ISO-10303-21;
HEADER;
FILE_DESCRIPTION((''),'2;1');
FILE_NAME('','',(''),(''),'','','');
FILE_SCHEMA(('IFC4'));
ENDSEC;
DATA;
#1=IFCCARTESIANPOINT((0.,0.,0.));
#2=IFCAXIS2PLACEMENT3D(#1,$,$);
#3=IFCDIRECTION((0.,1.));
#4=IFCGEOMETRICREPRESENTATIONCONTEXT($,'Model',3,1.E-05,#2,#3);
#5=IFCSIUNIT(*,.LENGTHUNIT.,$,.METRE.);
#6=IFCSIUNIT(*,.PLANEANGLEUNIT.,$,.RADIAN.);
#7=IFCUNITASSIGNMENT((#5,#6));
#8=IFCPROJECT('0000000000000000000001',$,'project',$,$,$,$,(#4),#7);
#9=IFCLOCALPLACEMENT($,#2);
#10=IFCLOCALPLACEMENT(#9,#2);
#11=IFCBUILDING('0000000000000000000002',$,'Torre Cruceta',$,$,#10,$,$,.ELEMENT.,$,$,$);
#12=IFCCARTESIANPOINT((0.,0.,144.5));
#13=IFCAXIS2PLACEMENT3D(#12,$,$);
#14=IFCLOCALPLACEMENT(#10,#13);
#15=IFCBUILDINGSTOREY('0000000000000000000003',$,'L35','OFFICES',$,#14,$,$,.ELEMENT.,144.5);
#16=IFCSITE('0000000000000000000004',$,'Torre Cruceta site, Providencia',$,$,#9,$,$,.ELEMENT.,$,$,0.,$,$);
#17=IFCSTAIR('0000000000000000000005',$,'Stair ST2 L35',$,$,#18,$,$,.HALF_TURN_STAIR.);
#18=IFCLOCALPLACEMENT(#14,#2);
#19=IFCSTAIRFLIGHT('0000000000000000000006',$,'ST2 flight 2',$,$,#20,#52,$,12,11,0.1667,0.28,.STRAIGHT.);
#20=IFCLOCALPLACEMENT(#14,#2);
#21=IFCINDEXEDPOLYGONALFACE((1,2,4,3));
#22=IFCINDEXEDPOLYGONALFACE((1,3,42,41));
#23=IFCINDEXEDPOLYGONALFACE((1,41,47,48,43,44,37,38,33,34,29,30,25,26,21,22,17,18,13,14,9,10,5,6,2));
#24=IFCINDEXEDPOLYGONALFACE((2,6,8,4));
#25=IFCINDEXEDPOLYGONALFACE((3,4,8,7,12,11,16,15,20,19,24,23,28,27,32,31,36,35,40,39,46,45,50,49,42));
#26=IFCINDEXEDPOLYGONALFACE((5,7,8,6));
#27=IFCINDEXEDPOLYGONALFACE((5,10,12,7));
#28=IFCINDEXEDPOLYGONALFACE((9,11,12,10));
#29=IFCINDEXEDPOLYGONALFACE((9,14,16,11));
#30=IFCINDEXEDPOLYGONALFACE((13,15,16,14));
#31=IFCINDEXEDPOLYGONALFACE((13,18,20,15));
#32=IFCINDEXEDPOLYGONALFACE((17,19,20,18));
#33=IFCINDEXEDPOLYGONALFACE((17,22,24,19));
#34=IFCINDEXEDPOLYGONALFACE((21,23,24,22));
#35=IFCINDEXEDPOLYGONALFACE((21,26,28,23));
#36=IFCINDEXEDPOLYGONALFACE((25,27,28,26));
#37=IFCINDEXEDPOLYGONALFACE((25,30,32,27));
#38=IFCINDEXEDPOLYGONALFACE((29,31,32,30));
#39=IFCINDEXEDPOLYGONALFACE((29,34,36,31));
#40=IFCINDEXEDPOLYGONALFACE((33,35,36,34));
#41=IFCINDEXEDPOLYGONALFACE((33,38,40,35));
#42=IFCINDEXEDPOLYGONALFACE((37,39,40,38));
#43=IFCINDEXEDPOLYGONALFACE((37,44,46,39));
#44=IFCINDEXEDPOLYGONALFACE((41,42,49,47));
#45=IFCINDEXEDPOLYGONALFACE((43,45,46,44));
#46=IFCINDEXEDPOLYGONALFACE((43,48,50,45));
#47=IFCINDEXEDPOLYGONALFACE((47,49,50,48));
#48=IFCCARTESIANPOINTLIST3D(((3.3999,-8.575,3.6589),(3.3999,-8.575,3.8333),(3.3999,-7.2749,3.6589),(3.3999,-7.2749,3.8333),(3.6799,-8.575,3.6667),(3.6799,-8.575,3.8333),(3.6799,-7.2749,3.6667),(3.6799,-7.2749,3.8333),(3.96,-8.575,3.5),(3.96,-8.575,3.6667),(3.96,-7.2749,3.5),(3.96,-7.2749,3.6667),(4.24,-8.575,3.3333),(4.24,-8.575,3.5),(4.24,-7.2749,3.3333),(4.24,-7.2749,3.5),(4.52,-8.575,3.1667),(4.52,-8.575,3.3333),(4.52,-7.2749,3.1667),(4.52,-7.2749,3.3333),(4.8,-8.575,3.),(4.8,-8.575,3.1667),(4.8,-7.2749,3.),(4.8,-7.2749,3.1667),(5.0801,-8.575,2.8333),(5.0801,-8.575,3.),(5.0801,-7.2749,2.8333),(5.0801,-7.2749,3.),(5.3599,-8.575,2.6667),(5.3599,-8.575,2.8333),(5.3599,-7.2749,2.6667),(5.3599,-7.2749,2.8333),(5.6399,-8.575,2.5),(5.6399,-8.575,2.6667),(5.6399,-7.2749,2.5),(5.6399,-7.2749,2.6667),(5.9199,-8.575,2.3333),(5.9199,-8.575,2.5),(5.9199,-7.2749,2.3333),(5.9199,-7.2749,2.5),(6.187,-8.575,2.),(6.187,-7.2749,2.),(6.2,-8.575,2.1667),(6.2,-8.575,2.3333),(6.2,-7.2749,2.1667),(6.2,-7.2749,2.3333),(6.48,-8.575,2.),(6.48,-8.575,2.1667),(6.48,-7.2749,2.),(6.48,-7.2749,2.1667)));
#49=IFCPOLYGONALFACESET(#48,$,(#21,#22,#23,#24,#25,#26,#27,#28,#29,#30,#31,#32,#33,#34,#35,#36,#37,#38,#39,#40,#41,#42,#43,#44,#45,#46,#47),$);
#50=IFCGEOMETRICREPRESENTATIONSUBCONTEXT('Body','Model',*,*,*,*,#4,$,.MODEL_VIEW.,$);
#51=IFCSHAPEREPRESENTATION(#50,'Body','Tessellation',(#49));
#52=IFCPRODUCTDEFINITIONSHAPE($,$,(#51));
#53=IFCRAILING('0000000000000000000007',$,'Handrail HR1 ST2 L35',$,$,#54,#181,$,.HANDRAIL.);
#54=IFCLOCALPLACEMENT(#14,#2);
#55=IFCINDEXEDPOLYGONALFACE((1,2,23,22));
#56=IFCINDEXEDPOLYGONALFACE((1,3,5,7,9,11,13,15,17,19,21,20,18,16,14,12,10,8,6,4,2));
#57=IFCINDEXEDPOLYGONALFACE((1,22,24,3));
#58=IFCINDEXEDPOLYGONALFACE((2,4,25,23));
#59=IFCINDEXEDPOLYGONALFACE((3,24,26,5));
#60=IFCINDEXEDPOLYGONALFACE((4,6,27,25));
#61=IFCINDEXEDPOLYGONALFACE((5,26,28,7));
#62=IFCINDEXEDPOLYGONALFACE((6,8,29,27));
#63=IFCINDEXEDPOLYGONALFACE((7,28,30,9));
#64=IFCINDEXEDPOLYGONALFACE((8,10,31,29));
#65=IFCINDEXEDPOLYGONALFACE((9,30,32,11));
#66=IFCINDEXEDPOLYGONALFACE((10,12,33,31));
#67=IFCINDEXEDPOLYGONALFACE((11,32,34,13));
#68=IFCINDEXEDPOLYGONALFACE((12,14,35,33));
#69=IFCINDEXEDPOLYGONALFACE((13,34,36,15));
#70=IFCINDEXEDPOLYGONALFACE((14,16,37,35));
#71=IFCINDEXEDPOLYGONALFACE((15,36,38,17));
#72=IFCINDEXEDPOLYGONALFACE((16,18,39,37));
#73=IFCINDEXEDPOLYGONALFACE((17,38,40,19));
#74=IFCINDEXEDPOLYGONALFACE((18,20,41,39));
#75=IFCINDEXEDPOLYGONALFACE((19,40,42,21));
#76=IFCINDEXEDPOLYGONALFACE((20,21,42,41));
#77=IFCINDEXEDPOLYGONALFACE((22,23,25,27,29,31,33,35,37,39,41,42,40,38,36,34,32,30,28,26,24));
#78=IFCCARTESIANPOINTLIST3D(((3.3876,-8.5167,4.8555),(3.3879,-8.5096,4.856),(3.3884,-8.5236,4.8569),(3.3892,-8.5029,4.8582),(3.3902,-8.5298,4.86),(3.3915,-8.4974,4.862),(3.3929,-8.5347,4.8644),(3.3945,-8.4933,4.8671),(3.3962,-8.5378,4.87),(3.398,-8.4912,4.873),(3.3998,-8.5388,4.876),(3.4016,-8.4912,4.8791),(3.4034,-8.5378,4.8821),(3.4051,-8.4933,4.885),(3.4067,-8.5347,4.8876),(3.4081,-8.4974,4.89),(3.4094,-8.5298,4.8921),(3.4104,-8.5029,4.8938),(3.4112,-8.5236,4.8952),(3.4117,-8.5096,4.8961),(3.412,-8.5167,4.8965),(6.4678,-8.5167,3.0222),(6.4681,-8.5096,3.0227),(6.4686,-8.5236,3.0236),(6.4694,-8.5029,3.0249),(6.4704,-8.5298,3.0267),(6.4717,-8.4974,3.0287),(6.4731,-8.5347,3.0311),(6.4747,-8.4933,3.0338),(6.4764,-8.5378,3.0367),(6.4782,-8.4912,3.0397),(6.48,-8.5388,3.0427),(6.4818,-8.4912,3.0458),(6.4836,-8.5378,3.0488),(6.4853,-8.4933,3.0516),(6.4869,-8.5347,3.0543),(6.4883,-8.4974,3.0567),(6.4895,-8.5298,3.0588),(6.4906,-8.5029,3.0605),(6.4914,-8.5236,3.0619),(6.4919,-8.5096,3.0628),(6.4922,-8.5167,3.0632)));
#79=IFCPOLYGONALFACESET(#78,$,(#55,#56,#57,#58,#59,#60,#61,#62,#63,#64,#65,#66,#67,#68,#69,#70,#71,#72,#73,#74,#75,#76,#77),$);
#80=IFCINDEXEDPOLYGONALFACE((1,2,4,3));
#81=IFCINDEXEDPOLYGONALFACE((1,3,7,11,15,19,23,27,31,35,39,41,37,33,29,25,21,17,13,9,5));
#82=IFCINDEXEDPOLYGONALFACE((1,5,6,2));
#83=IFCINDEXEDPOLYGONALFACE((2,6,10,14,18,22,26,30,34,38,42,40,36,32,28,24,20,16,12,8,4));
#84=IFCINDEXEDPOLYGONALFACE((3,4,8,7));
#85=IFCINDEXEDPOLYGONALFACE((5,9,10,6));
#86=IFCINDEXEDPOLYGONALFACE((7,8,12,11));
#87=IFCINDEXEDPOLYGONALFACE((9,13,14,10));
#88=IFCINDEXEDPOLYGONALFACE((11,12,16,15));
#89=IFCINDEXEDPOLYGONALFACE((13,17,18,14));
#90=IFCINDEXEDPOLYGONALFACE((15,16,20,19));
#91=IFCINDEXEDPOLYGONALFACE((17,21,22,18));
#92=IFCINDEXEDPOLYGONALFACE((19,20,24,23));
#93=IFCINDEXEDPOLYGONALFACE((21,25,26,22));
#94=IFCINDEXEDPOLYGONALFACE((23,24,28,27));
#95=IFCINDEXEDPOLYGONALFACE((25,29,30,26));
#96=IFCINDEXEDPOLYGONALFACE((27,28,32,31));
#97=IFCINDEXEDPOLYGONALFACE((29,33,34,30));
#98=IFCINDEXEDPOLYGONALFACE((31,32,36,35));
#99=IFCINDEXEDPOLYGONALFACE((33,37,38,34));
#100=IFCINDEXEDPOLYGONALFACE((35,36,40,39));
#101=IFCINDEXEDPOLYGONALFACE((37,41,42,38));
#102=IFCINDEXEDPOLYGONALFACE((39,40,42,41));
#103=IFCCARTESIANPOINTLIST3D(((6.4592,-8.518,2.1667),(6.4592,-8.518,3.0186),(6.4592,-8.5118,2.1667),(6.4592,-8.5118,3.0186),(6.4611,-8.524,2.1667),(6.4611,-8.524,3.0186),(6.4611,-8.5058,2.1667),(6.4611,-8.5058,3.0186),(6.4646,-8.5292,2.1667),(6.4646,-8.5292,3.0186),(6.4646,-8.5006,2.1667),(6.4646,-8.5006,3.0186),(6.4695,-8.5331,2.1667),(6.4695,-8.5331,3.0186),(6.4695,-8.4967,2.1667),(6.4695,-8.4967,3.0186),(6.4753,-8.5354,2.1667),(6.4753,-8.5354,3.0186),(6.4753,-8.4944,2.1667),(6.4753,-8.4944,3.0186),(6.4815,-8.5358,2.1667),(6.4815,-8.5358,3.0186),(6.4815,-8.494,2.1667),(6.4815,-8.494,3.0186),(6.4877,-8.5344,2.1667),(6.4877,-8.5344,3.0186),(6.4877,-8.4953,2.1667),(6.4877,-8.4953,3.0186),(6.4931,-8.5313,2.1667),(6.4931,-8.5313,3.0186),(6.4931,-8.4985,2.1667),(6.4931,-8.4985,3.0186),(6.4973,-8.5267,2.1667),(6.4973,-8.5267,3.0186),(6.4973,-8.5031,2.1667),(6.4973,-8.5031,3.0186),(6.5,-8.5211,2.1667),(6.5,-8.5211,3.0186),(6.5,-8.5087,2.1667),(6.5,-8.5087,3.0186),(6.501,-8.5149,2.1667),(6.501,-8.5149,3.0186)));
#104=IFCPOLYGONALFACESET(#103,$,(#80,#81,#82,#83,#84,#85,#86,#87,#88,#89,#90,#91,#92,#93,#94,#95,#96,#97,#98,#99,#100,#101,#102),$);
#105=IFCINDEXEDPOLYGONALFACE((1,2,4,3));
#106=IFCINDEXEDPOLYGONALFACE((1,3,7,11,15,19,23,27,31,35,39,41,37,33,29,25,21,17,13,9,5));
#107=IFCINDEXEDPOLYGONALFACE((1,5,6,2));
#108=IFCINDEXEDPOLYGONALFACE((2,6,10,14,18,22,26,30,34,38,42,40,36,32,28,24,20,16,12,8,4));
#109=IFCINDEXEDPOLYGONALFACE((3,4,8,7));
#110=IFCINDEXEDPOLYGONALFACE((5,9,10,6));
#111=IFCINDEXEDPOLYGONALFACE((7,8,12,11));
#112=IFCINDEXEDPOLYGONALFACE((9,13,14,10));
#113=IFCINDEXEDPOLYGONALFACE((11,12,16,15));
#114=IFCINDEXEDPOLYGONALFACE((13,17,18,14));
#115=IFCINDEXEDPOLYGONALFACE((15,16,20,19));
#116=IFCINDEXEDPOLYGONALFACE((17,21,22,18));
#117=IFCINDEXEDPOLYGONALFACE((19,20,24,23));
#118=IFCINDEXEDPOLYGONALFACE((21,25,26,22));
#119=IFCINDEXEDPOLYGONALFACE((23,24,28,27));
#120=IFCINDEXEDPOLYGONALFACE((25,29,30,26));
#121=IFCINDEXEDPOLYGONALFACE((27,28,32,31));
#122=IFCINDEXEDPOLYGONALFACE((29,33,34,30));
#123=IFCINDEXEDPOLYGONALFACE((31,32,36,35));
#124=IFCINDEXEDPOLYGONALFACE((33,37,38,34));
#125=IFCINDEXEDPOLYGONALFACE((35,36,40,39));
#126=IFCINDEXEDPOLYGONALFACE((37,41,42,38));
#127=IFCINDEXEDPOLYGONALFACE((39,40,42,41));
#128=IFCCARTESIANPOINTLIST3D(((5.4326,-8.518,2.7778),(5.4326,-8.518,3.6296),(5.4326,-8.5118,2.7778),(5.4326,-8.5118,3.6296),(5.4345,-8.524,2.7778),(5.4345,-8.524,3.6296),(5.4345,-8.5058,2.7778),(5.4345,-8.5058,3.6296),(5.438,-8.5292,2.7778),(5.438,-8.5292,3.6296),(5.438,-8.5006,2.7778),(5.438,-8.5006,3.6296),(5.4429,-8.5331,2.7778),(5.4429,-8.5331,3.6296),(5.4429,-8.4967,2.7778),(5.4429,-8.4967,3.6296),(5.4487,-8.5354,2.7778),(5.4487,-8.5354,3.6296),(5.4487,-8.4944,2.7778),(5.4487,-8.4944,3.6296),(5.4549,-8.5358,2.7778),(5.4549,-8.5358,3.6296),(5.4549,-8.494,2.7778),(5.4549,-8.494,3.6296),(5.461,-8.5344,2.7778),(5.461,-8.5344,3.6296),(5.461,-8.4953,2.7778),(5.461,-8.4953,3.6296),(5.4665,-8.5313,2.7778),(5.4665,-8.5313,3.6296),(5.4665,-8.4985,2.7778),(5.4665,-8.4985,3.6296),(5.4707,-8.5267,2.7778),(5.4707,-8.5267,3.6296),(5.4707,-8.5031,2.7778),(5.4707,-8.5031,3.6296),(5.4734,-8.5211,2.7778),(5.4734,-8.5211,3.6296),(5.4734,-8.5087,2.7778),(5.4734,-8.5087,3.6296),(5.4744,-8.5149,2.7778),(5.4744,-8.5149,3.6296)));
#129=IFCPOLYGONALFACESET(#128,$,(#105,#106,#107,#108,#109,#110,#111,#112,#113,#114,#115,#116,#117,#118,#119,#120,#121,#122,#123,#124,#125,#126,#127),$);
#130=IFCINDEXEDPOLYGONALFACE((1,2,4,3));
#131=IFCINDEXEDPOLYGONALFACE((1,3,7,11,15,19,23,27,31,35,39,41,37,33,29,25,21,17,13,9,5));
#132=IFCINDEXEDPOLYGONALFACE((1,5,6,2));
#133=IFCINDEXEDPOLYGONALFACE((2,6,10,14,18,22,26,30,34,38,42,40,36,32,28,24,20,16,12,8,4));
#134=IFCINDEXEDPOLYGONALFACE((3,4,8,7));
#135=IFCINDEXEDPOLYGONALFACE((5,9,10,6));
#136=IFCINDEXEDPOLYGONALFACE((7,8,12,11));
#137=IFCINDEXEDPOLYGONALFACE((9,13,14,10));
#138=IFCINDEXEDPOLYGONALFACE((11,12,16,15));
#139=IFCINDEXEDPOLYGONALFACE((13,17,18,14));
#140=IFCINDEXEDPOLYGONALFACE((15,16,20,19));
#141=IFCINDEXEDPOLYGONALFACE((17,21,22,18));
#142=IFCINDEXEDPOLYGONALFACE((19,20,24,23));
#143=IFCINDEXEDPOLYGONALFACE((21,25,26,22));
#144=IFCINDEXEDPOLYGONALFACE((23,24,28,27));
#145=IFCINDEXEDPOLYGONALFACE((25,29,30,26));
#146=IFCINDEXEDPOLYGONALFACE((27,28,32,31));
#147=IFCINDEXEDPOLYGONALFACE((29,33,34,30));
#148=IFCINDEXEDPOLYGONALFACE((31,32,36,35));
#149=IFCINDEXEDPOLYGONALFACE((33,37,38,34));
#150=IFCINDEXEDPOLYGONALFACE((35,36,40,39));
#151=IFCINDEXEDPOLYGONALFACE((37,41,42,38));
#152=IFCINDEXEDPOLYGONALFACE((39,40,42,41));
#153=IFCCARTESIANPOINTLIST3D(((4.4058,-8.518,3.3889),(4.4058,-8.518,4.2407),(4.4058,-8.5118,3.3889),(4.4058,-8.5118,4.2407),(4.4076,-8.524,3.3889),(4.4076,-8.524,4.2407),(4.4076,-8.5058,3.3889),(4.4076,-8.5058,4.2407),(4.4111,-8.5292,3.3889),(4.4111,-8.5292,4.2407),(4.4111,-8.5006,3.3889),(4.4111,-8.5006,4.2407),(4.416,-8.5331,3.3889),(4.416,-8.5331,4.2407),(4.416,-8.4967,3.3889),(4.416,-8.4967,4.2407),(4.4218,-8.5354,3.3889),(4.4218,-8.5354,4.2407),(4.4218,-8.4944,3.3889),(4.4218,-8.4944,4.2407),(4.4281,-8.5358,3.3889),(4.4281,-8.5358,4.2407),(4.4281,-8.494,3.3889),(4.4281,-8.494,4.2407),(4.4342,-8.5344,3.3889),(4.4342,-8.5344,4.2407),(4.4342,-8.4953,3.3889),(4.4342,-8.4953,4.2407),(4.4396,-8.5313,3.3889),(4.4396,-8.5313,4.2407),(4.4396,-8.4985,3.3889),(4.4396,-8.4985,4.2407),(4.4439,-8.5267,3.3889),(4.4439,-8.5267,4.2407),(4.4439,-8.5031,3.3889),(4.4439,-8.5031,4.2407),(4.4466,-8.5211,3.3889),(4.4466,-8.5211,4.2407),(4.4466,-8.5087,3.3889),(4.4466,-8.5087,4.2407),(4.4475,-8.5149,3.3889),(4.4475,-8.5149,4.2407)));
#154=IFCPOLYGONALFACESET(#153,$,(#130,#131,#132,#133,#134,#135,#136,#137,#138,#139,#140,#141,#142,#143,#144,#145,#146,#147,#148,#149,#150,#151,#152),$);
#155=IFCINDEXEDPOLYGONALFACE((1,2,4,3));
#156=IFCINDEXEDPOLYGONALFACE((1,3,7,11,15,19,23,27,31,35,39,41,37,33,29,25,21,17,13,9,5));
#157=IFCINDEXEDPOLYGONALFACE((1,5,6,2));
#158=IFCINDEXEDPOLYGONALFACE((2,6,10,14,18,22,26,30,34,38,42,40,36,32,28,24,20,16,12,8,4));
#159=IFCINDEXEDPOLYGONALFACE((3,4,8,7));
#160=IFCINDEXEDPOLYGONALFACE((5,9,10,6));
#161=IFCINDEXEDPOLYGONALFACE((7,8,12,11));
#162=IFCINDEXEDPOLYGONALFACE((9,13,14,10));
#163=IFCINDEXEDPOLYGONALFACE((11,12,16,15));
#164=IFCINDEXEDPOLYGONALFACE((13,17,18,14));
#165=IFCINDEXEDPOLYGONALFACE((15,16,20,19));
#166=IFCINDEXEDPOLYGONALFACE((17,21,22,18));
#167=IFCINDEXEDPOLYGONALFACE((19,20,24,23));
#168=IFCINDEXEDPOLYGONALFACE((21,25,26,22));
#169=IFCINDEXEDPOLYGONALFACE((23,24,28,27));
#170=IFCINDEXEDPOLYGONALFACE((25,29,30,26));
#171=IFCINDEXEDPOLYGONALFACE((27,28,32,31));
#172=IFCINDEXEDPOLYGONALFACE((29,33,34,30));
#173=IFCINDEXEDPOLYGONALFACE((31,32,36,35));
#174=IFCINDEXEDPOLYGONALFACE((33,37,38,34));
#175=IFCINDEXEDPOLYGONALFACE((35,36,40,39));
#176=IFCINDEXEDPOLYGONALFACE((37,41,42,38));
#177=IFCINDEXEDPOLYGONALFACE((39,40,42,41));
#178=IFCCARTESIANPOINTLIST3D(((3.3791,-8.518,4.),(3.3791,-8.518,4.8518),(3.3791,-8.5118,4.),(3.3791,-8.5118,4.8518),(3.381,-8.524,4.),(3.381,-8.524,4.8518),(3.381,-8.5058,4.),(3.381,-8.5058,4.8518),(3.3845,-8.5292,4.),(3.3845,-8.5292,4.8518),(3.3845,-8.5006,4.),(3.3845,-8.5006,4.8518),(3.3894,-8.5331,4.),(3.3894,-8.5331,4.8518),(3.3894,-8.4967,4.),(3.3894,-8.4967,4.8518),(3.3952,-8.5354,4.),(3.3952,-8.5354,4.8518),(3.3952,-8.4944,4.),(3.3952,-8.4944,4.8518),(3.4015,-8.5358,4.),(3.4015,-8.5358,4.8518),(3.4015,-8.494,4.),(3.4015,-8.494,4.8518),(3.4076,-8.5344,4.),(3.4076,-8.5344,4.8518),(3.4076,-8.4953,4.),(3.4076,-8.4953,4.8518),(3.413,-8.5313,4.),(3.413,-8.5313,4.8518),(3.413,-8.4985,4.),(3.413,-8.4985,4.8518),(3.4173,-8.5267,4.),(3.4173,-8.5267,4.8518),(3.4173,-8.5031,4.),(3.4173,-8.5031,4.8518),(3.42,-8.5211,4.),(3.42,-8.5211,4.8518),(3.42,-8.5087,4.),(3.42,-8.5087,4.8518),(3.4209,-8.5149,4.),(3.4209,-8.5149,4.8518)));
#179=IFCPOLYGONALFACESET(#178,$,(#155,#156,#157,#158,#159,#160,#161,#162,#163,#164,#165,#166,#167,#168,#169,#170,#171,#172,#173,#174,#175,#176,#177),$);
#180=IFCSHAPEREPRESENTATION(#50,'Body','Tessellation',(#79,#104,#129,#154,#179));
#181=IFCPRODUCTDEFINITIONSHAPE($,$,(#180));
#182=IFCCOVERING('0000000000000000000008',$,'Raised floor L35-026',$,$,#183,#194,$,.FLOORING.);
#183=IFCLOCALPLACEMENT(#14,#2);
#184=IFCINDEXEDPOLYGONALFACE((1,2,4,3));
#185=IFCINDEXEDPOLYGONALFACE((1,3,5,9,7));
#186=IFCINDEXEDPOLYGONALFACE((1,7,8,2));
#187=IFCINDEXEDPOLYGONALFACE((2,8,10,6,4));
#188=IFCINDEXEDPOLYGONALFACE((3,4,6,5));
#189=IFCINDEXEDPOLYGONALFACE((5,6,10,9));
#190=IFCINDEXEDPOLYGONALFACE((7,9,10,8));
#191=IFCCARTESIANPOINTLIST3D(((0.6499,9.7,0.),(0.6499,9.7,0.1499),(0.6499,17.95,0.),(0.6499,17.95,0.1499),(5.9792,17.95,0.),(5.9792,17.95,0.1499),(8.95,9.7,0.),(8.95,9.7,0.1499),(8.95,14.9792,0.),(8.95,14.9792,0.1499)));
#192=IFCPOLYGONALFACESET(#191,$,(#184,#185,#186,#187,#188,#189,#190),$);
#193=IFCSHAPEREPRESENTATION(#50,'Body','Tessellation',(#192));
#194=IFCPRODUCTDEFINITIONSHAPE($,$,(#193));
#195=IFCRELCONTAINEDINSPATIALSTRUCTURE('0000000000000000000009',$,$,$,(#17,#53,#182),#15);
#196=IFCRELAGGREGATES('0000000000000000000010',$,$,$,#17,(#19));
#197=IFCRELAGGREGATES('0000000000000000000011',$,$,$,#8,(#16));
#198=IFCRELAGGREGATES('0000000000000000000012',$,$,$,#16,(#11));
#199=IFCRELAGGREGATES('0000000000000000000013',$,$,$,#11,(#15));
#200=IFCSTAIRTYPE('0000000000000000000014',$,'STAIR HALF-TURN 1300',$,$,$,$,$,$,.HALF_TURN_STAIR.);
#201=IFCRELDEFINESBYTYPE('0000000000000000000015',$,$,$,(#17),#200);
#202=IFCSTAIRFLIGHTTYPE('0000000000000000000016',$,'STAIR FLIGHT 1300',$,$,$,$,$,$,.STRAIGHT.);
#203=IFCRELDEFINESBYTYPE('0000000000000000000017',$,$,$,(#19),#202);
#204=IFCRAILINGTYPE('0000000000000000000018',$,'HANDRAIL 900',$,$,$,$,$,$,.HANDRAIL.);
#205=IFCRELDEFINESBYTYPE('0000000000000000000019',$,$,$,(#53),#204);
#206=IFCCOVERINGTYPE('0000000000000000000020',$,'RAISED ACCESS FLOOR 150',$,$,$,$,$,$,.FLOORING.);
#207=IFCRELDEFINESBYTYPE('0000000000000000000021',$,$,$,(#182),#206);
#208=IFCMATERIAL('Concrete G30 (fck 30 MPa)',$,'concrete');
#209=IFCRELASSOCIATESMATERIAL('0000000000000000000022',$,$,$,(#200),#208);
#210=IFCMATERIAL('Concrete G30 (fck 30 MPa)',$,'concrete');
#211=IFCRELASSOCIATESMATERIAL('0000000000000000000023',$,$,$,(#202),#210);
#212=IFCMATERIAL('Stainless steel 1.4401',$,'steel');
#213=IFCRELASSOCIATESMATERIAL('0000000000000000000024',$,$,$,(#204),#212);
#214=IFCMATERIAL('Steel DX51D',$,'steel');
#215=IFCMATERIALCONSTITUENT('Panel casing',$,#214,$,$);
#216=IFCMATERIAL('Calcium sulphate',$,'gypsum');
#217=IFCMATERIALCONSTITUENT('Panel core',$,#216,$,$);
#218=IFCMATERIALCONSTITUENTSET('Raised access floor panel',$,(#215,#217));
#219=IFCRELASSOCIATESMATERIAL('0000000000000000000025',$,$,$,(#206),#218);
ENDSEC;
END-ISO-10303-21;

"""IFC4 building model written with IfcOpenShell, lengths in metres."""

from ifc_helpers import new_model, si_unit, direction, frame, origin, origin_2d, place, context, subcontext, project, spatial, polyline, circle, outline, extrude, material, constituent, constituent_set, type_object, element, aggregate, save


model = new_model("IFC4")

# Units and contexts
model_context = context("Model", 3, precision=1e-05, world=origin(), true_north=direction((0.0, 1.0)))
body_context = subcontext(model_context, "Body", "Model", "MODEL_VIEW")
ifc_project = project(units=[si_unit("LENGTHUNIT", "METRE"), si_unit("PLANEANGLEUNIT", "RADIAN")], contexts=[model_context])

# Site, building, storey
site_placement = place(None, origin())
site = spatial("IfcSite", under=ifc_project, at=site_placement, Name="Torre Cruceta site, Providencia", CompositionType="ELEMENT", RefElevation=0.0)
building_placement = place(site_placement, origin())
building = spatial("IfcBuilding", under=site, at=building_placement, Name="Torre Cruceta", CompositionType="ELEMENT")
storey_placement = place(building_placement, frame((0.0, 0.0, 144.5)))
storey = spatial("IfcBuildingStorey", under=building, at=storey_placement, Name="L35", Description="OFFICES", CompositionType="ELEMENT", Elevation=144.5)

# Stair, stair flight
ifc_material_1 = material(Name="Concrete G30 (fck 30 MPa)", Category="concrete")
stair_type = type_object("IfcStairType", Name="STAIR HALF-TURN 1300", PredefinedType="HALF_TURN_STAIR", material=ifc_material_1)
stair_placement = place(storey_placement, origin())
stair = element("IfcStair", 1, at=stair_placement, inside=storey, type_object=stair_type, Name="Stair ST2 L35", PredefinedType="HALF_TURN_STAIR")
ifc_material_2 = material(Name="Concrete G30 (fck 30 MPa)", Category="concrete")
stair_flight_type = type_object("IfcStairFlightType", Name="STAIR FLIGHT 1300", PredefinedType="STRAIGHT", material=ifc_material_2)
stair_flight_1_placement = place(storey_placement, frame((6.48, -7.925, 2.0), z_axis=(0.0, 0.0, 1.0), x_axis=(-1.0, 0.0, 0.0)))
stair_flight_1 = element("IfcStairFlight", 2, at=stair_flight_1_placement, type_object=stair_flight_type, Name="ST2 flight 2", NumberOfRisers=12, NumberOfTreads=11, PredefinedType="STRAIGHT", RiserHeight=0.1667, TreadLength=0.28, context=body_context, shape_type="SweptSolid", body=[
    extrude(outline(polyline([(0.0, 0.0), (0.0, 0.1667), (0.28, 0.1667), (0.28, 0.3333), (0.5601, 0.3333), (0.5601, 0.5), (0.8401, 0.5), (0.8401, 0.6667), (1.1201, 0.6667), (1.1201, 0.8333), (1.3999, 0.8333), (1.3999, 1.0), (1.6799, 1.0), (1.6799, 1.1667), (1.96, 1.1667), (1.96, 1.3333), (2.24, 1.3333), (2.24, 1.5), (2.52, 1.5), (2.52, 1.6667), (2.8, 1.6667), (2.8, 1.8333), (3.0801, 1.8333), (3.0801, 2.0), (3.0801, 1.6589), (0.293, 0.0), (0.0, 0.0)])), frame((0.0, 0.6499, 0.0), z_axis=(0.0, -1.0, 0.0), x_axis=(1.0, 0.0, 0.0)), (0.0, 0.0, 1.0), 1.3),
])
aggregate(stair, [stair_flight_1])

# Railing
ifc_material_3 = material(Name="Stainless steel 1.4401", Category="steel")
railing_type = type_object("IfcRailingType", Name="HANDRAIL 900", PredefinedType="HANDRAIL", material=ifc_material_3)
railing_1_placement = place(storey_placement, frame((6.48, -8.5149, 2.1667)))
element("IfcRailing", 3, at=railing_1_placement, inside=storey, type_object=railing_type, Name="Handrail HR1 ST2 L35", PredefinedType="HANDRAIL", context=body_context, shape_type="SweptSolid", body=[
    extrude(circle(Radius=0.0239, at=origin_2d()), frame((0.0, 0.0, 0.876), z_axis=(-0.859309, 0.0, 0.511458), x_axis=(0.0, -1.0, 0.0)), (0.0, 0.0, 1.0), 3.5845),
    extrude(circle(Radius=0.021, at=origin_2d()), origin(), (0.0, 0.0, 1.0), 0.8518),
    extrude(circle(Radius=0.021, at=origin_2d()), frame((-1.0266, 0.0, 0.6111)), (0.0, 0.0, 1.0), 0.8518),
    extrude(circle(Radius=0.021, at=origin_2d()), frame((-2.0535, 0.0, 1.2222)), (0.0, 0.0, 1.0), 0.8518),
    extrude(circle(Radius=0.021, at=origin_2d()), frame((-3.0801, 0.0, 1.8333)), (0.0, 0.0, 1.0), 0.8518),
])

# Covering
ifc_material_4 = material(Name="Steel DX51D", Category="steel")
ifc_constituent_1 = constituent(ifc_material_4, Name="Panel casing")
ifc_material_5 = material(Name="Calcium sulphate", Category="gypsum")
ifc_constituent_2 = constituent(ifc_material_5, Name="Panel core")
ifc_constituent_set_1 = constituent_set(constituents=[ifc_constituent_1, ifc_constituent_2], Name="Raised access floor panel")
covering_type_1 = type_object("IfcCoveringType", Name="RAISED ACCESS FLOOR 150", PredefinedType="FLOORING", material=ifc_constituent_set_1)
covering_1_placement = place(storey_placement, origin())
element("IfcCovering", 4, at=covering_1_placement, inside=storey, type_object=covering_type_1, Name="Raised floor L35-026", PredefinedType="FLOORING", context=body_context, shape_type="SweptSolid", body=[
    extrude(outline(polyline([(5.9792, 17.95), (8.95, 14.9792), (8.95, 9.7), (0.6499, 9.7), (0.6499, 17.95), (5.9792, 17.95)])), origin(), (0.0, 0.0, 1.0), 0.1499),
])

save(model, "model.ifc")
